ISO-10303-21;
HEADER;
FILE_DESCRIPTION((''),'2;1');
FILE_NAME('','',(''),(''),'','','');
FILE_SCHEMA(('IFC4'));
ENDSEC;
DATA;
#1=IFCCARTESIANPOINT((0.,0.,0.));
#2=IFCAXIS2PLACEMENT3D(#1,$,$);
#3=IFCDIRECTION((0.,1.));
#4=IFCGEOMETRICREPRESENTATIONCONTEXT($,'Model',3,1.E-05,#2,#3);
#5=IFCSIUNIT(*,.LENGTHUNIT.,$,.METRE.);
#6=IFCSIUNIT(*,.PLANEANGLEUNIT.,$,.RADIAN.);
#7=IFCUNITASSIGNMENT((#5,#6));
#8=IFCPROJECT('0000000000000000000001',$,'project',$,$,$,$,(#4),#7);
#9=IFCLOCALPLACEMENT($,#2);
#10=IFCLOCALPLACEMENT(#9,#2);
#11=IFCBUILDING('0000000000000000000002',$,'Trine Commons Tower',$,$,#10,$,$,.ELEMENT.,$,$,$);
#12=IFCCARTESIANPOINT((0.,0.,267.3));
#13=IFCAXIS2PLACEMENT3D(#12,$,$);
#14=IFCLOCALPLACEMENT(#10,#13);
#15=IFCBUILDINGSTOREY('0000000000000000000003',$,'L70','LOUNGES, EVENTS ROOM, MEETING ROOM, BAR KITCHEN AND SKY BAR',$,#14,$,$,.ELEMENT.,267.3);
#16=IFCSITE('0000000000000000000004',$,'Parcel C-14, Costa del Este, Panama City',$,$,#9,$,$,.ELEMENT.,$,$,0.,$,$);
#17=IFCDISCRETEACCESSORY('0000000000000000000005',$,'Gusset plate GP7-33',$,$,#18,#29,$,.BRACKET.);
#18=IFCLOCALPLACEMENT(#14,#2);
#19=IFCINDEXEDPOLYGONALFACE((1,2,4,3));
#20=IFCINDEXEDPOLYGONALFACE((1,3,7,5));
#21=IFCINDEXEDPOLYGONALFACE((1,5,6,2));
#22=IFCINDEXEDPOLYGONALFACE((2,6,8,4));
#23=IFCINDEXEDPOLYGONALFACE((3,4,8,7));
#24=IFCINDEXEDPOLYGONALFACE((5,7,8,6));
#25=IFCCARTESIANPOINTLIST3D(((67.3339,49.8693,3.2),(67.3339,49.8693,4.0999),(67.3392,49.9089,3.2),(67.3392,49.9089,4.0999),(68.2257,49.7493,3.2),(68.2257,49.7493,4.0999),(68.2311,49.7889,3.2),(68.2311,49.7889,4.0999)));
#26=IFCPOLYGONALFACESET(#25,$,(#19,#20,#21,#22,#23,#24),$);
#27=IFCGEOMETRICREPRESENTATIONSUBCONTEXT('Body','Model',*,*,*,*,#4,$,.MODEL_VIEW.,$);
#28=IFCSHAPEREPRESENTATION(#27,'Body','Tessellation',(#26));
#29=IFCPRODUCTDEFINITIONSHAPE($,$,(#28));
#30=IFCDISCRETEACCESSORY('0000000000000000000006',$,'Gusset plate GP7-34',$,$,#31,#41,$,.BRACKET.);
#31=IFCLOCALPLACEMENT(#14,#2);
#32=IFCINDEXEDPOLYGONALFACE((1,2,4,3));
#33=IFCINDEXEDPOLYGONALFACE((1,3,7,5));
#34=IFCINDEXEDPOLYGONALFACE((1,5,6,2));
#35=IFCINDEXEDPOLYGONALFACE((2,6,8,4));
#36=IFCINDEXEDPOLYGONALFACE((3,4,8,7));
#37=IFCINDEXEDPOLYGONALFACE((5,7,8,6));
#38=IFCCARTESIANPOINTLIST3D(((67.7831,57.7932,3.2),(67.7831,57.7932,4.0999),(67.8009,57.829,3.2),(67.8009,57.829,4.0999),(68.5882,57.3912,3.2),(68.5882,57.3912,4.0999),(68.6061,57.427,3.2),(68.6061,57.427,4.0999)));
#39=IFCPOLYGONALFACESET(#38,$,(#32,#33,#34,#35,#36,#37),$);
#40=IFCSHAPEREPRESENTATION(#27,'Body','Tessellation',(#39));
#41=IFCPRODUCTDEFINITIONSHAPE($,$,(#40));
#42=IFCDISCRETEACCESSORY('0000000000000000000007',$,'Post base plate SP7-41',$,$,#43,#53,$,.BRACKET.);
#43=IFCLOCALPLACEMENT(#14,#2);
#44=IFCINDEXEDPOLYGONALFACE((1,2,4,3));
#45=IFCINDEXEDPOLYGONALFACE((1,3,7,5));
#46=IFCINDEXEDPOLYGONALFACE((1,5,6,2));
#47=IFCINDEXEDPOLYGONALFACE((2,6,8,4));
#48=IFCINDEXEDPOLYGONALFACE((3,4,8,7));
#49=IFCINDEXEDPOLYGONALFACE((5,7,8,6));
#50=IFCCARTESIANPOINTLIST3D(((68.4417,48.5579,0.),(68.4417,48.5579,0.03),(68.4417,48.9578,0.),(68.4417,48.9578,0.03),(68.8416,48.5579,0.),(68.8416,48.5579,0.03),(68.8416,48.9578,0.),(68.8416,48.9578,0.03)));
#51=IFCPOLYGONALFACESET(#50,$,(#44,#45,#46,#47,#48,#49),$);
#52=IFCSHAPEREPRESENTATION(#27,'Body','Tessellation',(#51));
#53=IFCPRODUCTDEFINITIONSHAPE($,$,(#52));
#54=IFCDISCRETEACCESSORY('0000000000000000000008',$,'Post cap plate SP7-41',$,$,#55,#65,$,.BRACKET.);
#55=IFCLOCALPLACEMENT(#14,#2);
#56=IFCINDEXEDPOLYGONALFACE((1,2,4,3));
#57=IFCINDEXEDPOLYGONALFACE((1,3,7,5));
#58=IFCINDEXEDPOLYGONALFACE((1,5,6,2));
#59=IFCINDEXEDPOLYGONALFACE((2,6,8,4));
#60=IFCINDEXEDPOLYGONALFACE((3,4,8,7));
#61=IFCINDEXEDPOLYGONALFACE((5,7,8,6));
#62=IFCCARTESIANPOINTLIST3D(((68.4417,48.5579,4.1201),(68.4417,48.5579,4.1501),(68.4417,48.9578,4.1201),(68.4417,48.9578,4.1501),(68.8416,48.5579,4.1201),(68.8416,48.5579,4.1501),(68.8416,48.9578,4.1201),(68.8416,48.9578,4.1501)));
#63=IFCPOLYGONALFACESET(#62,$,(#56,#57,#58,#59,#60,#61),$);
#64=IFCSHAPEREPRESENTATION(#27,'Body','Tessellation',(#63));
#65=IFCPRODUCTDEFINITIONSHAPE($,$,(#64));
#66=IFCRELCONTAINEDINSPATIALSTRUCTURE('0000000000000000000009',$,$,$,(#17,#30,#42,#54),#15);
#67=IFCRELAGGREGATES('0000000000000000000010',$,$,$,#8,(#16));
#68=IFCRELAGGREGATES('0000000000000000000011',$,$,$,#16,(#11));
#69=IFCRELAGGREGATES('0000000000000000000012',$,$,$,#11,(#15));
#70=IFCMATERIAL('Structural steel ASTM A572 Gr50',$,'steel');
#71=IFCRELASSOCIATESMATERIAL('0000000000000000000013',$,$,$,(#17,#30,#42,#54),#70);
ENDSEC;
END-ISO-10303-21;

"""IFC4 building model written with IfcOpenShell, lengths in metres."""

from ifc_helpers import new_model, si_unit, direction, frame, origin, origin_2d, place, context, subcontext, project, spatial, rectangle, extrude, material, element, save


model = new_model("IFC4")

# Units and contexts
model_context = context("Model", 3, precision=1e-05, world=origin(), true_north=direction((0.0, 1.0)))
body_context = subcontext(model_context, "Body", "Model", "MODEL_VIEW")
ifc_project = project(units=[si_unit("LENGTHUNIT", "METRE"), si_unit("PLANEANGLEUNIT", "RADIAN")], contexts=[model_context])

# Site, building, storey
site_placement = place(None, origin())
site = spatial("IfcSite", under=ifc_project, at=site_placement, Name="Parcel C-14, Costa del Este, Panama City", CompositionType="ELEMENT", RefElevation=0.0)
building_placement = place(site_placement, origin())
building = spatial("IfcBuilding", under=site, at=building_placement, Name="Trine Commons Tower", CompositionType="ELEMENT")
storey_placement = place(building_placement, frame((0.0, 0.0, 267.3)))
storey = spatial("IfcBuildingStorey", under=building, at=storey_placement, Name="L70", Description="LOUNGES, EVENTS ROOM, MEETING ROOM, BAR KITCHEN AND SKY BAR", CompositionType="ELEMENT", Elevation=267.3)

# Discrete accessories
ifc_material_1 = material(Name="Structural steel ASTM A572 Gr50", Category="steel")
for number, where, z_axis, x_axis, name in (
    (1, (67.7825, 49.8291, 3.2), (0.0, 0.0, 1.0), (0.99107, -0.133346, 0.0), "Gusset plate GP7-33"),
    (2, (68.1946, 57.6101, 3.2), (0.0, 0.0, 1.0), (0.894708, -0.446651, 0.0), "Gusset plate GP7-34"),
):
    element("IfcDiscreteAccessory", number, at=place(storey_placement, frame(where, z_axis=z_axis, x_axis=x_axis)), inside=storey, material=ifc_material_1, Name=name, PredefinedType="BRACKET", context=body_context, shape_type="SweptSolid", body=[
        extrude(rectangle(XDim=0.8999, YDim=0.04, at=origin_2d()), origin(), (0.0, 0.0, 1.0), 0.8999),
    ])
for number, where, z_axis, x_axis, name in (
    (3, (68.6416, 48.7578, 0.0), (0.0, 0.0, 1.0), (1.0, 0.0, 0.0), "Post base plate SP7-41"),
    (4, (68.6416, 48.7578, 4.1201), (0.0, 0.0, 1.0), (1.0, 0.0, 0.0), "Post cap plate SP7-41"),
):
    element("IfcDiscreteAccessory", number, at=place(storey_placement, frame(where, z_axis=z_axis, x_axis=x_axis)), inside=storey, material=ifc_material_1, Name=name, PredefinedType="BRACKET", context=body_context, shape_type="SweptSolid", body=[
        extrude(rectangle(XDim=0.3999, YDim=0.3999, at=origin_2d()), origin(), (0.0, 0.0, 1.0), 0.03),
    ])

save(model, "model.ifc")
